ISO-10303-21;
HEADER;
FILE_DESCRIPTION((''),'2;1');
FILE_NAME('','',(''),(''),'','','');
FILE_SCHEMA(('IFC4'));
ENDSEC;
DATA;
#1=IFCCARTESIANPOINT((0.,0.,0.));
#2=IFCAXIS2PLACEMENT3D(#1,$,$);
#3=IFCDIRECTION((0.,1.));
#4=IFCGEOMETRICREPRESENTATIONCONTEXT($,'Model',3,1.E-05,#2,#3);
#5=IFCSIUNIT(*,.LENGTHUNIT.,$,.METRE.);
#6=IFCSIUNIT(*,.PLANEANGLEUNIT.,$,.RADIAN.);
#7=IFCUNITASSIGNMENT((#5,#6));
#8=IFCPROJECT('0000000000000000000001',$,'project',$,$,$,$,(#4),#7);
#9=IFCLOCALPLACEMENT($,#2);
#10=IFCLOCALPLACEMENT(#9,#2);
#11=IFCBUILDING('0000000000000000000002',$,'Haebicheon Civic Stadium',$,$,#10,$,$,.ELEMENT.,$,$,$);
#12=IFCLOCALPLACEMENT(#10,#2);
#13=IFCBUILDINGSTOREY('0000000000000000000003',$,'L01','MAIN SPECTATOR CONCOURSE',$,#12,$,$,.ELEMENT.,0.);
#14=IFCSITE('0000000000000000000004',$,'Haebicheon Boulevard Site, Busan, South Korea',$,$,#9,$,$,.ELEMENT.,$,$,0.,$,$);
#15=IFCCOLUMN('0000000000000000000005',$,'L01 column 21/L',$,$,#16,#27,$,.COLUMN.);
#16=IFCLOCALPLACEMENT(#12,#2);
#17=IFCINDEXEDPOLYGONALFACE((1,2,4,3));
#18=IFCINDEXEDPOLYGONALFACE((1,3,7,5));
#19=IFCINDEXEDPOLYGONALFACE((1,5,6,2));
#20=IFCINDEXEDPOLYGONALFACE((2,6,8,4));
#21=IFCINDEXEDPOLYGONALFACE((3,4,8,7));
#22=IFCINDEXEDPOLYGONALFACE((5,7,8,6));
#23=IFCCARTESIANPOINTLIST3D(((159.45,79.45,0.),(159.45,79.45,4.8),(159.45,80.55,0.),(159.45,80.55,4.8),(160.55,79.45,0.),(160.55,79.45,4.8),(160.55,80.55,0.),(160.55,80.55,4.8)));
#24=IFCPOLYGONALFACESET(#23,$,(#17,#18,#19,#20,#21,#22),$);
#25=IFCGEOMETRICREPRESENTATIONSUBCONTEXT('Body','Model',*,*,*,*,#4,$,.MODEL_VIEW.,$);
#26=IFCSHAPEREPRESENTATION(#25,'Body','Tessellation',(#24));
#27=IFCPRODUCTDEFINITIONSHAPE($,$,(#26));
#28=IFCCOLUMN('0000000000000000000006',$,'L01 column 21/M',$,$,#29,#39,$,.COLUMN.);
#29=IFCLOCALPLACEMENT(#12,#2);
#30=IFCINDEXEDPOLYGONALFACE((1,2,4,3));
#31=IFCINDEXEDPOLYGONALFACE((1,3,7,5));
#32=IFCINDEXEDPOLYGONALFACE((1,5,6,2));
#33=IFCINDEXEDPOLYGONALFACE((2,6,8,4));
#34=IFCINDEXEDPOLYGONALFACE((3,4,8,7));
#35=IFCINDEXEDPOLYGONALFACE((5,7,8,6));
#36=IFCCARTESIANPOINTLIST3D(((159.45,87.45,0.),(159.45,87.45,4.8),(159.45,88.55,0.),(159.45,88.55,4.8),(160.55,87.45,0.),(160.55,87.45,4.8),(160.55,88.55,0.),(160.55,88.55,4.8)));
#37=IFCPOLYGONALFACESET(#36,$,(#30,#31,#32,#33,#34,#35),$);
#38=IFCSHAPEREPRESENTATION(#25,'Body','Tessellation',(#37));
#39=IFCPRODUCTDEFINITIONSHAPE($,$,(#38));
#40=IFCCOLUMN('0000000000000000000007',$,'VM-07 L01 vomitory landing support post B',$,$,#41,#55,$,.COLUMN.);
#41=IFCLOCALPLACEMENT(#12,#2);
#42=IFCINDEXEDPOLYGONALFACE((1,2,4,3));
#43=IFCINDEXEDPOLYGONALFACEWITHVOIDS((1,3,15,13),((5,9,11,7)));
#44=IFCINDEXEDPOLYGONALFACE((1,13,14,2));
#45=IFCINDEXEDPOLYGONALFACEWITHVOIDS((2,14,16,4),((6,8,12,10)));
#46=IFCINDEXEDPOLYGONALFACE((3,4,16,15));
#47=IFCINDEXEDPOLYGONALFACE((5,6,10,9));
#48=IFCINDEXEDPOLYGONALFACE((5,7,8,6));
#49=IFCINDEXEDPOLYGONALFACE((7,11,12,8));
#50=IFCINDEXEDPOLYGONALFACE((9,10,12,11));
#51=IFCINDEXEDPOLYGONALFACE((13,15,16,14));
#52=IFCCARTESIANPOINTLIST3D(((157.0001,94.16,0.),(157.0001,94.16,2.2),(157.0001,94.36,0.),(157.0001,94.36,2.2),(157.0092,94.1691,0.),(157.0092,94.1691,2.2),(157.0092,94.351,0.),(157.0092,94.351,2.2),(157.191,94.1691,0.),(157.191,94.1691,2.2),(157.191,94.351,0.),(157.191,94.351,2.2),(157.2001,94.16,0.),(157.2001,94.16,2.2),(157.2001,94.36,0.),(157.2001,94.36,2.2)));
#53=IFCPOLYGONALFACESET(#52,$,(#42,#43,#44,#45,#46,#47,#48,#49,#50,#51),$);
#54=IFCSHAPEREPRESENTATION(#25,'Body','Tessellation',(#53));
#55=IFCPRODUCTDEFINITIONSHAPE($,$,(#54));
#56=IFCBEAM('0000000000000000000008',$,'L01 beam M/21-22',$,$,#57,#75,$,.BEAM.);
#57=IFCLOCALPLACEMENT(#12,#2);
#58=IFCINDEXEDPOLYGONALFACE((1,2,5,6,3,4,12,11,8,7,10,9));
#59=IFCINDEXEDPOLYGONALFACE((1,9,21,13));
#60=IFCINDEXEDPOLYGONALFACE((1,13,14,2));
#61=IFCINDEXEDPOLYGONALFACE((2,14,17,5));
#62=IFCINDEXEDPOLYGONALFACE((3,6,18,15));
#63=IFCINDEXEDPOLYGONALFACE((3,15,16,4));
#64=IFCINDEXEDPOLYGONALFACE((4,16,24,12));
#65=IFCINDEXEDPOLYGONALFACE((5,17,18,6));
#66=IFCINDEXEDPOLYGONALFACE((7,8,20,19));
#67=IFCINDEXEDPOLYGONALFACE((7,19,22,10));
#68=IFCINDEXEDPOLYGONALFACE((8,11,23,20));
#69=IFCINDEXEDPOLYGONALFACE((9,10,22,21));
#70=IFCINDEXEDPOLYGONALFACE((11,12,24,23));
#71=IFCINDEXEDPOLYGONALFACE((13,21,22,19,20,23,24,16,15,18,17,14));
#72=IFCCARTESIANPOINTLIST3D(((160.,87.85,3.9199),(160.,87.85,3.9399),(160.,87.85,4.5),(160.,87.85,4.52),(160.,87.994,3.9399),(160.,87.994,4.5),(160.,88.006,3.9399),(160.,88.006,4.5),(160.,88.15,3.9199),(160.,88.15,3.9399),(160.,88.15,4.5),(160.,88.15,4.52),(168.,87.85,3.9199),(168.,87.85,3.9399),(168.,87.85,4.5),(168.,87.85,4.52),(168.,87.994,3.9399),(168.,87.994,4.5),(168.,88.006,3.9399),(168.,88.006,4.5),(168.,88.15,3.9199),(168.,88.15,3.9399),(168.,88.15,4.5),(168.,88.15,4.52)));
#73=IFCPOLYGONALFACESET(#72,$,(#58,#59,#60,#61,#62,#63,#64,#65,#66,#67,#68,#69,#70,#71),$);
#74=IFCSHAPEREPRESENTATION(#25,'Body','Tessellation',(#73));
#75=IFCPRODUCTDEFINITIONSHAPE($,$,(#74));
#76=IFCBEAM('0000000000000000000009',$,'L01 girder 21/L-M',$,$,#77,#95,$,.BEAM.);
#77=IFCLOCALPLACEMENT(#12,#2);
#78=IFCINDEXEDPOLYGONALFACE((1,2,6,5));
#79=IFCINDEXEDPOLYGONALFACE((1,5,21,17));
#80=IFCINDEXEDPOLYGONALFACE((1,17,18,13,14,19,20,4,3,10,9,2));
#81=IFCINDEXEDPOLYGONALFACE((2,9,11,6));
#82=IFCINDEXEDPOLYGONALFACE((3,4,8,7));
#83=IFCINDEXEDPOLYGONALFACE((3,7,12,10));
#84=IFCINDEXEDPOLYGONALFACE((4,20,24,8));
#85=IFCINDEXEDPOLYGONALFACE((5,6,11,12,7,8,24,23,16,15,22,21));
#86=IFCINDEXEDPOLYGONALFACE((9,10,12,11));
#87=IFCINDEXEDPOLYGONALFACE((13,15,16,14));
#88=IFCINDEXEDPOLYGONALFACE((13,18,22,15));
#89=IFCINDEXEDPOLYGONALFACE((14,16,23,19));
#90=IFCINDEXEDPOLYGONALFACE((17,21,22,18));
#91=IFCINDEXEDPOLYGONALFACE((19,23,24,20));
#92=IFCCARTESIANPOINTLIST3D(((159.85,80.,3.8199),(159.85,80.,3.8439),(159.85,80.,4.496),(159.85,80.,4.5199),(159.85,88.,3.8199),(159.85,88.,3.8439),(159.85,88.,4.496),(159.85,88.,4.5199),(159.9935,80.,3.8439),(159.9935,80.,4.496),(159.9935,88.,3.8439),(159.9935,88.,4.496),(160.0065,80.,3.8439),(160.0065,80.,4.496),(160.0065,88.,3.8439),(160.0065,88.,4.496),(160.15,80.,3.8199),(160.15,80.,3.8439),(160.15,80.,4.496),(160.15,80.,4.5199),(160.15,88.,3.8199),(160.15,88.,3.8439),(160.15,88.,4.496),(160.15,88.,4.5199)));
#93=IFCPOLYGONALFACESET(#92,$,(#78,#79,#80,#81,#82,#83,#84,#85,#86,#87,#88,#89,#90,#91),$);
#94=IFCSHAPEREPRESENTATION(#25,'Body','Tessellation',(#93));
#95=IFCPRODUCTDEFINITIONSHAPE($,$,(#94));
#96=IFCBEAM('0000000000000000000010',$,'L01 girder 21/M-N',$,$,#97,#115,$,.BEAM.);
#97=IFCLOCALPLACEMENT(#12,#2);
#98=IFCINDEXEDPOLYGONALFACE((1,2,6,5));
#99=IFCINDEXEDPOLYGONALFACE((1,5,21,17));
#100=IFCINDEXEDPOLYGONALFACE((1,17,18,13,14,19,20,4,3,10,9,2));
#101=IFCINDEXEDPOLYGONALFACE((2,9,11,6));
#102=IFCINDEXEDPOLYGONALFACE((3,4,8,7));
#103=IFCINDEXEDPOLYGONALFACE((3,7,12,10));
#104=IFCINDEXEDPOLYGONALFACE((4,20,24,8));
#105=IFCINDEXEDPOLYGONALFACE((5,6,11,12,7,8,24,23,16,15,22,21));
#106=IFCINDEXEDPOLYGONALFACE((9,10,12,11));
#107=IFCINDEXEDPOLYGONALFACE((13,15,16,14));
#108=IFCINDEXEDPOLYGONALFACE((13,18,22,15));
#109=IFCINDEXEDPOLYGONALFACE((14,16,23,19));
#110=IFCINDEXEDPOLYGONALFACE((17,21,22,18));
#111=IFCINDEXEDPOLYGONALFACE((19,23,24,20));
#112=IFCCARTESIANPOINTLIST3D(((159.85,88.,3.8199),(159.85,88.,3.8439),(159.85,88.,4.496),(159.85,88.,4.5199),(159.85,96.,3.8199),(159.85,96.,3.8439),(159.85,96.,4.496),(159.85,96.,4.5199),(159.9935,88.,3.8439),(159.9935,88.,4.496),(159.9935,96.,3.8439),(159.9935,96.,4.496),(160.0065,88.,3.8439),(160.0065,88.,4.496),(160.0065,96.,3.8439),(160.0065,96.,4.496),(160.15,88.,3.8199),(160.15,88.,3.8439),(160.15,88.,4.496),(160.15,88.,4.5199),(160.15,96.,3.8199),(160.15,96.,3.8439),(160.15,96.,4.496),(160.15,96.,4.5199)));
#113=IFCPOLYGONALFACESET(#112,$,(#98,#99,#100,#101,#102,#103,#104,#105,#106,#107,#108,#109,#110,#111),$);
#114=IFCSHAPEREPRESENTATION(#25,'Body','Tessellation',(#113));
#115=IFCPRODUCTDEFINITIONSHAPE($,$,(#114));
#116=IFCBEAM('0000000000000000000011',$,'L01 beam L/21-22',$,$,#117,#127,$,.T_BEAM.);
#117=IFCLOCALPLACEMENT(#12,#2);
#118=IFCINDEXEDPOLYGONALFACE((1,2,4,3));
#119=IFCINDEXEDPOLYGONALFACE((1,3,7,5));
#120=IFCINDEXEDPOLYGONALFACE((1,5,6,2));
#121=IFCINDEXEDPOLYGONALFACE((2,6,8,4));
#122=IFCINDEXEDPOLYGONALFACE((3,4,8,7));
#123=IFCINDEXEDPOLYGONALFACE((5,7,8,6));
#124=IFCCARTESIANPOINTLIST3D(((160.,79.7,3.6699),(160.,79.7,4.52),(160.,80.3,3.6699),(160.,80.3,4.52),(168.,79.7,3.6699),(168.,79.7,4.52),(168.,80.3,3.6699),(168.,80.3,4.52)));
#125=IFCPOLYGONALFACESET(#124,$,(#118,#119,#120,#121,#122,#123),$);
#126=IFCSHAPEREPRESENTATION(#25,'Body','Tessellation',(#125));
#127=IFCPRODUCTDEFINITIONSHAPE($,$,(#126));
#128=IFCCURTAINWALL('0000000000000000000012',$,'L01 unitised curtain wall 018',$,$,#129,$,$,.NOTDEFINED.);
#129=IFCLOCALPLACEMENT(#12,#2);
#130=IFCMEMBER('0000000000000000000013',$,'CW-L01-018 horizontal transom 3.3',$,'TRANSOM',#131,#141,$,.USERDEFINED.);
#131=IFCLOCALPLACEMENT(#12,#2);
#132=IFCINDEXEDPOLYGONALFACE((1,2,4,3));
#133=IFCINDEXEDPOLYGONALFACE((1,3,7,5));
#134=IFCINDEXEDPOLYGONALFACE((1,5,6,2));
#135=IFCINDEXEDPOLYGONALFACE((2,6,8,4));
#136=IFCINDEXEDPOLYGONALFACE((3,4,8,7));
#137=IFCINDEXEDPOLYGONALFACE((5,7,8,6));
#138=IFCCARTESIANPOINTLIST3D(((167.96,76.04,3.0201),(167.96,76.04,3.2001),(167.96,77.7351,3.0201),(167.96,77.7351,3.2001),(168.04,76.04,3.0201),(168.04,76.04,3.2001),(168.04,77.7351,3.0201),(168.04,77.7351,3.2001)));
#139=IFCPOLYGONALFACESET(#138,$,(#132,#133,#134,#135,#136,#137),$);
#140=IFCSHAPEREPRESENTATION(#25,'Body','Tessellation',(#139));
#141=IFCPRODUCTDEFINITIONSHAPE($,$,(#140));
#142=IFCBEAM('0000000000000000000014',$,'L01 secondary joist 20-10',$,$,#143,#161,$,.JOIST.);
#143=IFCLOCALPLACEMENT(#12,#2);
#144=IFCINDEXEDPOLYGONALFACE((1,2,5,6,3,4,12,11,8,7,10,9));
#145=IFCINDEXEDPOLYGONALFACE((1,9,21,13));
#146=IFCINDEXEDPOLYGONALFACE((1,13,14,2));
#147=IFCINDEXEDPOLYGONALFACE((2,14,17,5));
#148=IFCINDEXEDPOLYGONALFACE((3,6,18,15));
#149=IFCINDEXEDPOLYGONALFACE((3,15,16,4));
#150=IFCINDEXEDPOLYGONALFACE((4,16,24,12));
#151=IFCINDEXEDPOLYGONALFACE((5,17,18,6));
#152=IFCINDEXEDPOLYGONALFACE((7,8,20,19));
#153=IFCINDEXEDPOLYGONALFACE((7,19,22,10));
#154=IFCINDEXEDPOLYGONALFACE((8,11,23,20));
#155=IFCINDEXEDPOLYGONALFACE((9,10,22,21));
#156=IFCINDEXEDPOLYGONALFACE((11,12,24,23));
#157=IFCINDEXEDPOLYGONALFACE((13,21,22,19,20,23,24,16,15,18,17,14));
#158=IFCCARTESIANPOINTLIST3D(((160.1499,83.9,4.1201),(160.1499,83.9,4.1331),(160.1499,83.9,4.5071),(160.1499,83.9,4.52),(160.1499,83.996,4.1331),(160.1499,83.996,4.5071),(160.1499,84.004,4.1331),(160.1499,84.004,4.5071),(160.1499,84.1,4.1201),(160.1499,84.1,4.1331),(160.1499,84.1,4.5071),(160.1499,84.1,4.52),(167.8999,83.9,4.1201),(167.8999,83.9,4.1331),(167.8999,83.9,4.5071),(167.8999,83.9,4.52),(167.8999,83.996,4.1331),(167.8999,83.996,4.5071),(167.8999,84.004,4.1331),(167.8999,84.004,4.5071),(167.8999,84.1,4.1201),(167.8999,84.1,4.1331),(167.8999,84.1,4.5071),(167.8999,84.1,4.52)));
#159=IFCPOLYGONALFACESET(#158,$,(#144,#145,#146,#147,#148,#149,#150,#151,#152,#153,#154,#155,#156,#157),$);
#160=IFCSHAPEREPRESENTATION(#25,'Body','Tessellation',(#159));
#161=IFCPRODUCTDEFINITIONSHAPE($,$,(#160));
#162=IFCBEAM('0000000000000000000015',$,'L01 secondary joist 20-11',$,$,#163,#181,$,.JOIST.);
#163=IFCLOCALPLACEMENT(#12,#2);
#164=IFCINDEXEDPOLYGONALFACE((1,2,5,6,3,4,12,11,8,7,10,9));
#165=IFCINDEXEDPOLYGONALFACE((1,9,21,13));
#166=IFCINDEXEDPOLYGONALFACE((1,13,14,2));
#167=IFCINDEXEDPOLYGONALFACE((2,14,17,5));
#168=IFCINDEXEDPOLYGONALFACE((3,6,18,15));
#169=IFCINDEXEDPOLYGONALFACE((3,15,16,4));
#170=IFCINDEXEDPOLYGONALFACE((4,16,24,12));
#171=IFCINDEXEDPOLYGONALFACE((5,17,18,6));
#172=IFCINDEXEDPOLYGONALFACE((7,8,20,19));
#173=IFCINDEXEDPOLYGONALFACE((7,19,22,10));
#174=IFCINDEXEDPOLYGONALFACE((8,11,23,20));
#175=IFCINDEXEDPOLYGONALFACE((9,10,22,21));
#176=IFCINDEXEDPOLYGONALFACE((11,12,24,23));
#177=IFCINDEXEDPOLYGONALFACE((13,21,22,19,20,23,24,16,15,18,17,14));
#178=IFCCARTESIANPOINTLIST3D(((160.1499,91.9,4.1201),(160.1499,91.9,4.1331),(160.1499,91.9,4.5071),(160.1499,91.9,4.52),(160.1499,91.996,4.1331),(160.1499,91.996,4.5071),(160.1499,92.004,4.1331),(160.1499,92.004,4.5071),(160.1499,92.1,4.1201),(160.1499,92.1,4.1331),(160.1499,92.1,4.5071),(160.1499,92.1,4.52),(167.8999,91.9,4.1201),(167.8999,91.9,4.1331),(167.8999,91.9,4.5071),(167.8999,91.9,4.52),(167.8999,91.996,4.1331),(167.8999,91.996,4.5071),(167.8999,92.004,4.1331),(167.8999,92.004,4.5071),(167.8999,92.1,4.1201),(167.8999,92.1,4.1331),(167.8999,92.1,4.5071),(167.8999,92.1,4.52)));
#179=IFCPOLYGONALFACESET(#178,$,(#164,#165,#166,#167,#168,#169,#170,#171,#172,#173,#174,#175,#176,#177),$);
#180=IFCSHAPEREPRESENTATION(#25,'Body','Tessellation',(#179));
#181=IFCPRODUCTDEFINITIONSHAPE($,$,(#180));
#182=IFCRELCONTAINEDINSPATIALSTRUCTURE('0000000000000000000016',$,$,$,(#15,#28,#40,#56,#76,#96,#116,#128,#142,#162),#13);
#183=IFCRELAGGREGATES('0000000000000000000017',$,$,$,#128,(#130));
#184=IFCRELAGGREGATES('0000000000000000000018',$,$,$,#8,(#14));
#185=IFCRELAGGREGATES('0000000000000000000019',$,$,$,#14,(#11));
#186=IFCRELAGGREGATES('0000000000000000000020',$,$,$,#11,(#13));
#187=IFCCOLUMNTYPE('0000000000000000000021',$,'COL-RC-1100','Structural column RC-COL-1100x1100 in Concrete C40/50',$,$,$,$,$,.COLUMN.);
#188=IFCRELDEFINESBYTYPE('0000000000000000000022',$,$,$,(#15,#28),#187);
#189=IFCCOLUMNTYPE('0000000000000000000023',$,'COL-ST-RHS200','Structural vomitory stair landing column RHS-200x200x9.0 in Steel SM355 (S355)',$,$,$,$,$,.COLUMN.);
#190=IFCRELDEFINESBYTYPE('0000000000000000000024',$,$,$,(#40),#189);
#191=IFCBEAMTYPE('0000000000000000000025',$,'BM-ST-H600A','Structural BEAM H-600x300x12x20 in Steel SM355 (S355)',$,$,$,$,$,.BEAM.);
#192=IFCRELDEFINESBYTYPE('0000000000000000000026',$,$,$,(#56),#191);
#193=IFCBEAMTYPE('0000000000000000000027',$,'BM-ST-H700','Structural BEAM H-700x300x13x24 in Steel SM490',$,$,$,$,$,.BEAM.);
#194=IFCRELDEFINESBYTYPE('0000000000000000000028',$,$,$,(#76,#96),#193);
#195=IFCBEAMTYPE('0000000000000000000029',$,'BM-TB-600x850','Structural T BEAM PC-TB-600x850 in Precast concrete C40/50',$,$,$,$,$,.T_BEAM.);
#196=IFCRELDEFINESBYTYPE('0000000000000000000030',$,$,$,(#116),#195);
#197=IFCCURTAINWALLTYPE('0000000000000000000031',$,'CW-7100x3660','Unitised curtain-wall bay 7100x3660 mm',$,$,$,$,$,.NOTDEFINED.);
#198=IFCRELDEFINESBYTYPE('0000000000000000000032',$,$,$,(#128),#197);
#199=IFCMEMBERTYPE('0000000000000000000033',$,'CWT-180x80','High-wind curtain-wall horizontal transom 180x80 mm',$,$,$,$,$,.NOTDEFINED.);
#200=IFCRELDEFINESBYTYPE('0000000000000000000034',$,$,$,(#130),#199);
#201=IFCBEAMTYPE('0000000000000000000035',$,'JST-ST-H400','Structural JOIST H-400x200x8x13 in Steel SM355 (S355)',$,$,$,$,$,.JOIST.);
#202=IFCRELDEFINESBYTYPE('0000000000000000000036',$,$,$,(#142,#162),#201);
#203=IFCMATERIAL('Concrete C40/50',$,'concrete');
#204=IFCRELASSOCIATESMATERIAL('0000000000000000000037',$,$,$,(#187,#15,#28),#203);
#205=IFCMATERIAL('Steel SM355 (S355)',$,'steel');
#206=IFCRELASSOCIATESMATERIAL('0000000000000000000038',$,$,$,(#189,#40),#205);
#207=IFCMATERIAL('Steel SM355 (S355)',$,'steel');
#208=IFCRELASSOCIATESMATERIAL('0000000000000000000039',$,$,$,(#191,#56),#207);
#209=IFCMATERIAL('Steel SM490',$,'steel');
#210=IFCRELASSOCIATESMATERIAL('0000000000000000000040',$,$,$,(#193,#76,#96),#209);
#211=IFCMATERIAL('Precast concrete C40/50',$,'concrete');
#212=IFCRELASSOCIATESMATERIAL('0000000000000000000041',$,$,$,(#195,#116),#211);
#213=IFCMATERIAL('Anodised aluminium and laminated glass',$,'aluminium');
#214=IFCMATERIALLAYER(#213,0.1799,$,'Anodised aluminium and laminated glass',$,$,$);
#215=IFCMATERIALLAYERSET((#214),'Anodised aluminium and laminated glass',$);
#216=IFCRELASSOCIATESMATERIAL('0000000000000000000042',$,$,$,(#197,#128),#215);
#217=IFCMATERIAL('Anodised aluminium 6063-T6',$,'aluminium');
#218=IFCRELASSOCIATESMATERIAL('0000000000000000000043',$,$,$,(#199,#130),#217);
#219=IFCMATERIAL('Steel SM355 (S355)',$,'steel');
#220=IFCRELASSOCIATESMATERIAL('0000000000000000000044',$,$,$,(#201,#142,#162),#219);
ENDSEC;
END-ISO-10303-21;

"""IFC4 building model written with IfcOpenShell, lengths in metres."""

from ifc_helpers import new_model, si_unit, direction, frame, origin, origin_2d, place, context, subcontext, project, spatial, rectangle, hollow_rectangle, i_section, extrude, material, layer, layer_set, material_profile, profile_set, type_object, element, aggregate, save


model = new_model("IFC4")

# Units and contexts
model_context = context("Model", 3, precision=1e-05, world=origin(), true_north=direction((0.0, 1.0)))
body_context = subcontext(model_context, "Body", "Model", "MODEL_VIEW")
ifc_project = project(units=[si_unit("LENGTHUNIT", "METRE"), si_unit("PLANEANGLEUNIT", "RADIAN")], contexts=[model_context])

# Site, building, storey
site_placement = place(None, origin())
site = spatial("IfcSite", under=ifc_project, at=site_placement, Name="Haebicheon Boulevard Site, Busan, South Korea", CompositionType="ELEMENT", RefElevation=0.0)
building_placement = place(site_placement, origin())
building = spatial("IfcBuilding", under=site, at=building_placement, Name="Haebicheon Civic Stadium", CompositionType="ELEMENT")
storey_placement = place(building_placement, origin())
storey = spatial("IfcBuildingStorey", under=building, at=storey_placement, Name="L01", Description="MAIN SPECTATOR CONCOURSE", CompositionType="ELEMENT", Elevation=0.0)

# Columns
ifc_material_1 = material(Name="Concrete C40/50", Category="concrete")
ifc_material_profile_1 = material_profile(ifc_material_1, rectangle(XDim=1.1001, YDim=1.1001, at=origin_2d()), Name="RC-COL-1100x1100")
ifc_profile_set_1 = profile_set([ifc_material_profile_1], Name="Concrete C40/50")
column_type_1 = type_object("IfcColumnType", Name="COL-RC-1100", Description="Structural column RC-COL-1100x1100 in Concrete C40/50", PredefinedType="COLUMN", material=ifc_profile_set_1)
for number, where, z_axis, x_axis, name in (
    (1, (160.0, 80.0, 0.0), (0.0, 0.0, 1.0), (1.0, 0.0, 0.0), "L01 column 21/L"),
    (2, (160.0, 88.0, 0.0), (0.0, 0.0, 1.0), (1.0, 0.0, 0.0), "L01 column 21/M"),
):
    element("IfcColumn", number, at=place(storey_placement, frame(where, z_axis=z_axis, x_axis=x_axis)), inside=storey, type_object=column_type_1, material=ifc_profile_set_1, Name=name, PredefinedType="COLUMN", context=body_context, shape_type="SweptSolid", body=[
        extrude(rectangle(XDim=1.1001, YDim=1.1001, at=origin_2d()), origin(), (0.0, 0.0, 1.0), 4.8),
    ])
ifc_material_2 = material(Name="Steel SM355 (S355)", Category="steel")
ifc_material_profile_2 = material_profile(ifc_material_2, hollow_rectangle(XDim=0.2, YDim=0.2, WallThickness=0.009, at=origin_2d()), Name="RHS-200x200x9.0")
ifc_profile_set_2 = profile_set([ifc_material_profile_2], Name="Steel SM355 (S355)")
column_type_2 = type_object("IfcColumnType", Name="COL-ST-RHS200", Description="Structural vomitory stair landing column RHS-200x200x9.0 in Steel SM355 (S355)", PredefinedType="COLUMN", material=ifc_profile_set_2)
column_placement = place(storey_placement, frame((157.1001, 94.26, 0.0), z_axis=(0.0, 0.0, 1.0), x_axis=(1.0, 0.0, 0.0)))
element("IfcColumn", 3, at=column_placement, inside=storey, type_object=column_type_2, material=ifc_profile_set_2, Name="VM-07 L01 vomitory landing support post B", PredefinedType="COLUMN", context=body_context, shape_type="SweptSolid", body=[
    extrude(hollow_rectangle(XDim=0.2, YDim=0.2, WallThickness=0.009, at=origin_2d()), origin(), (0.0, 0.0, 1.0), 2.2),
])

# Beams
ifc_material_3 = material(Name="Steel SM355 (S355)", Category="steel")
ifc_material_profile_3 = material_profile(ifc_material_3, i_section(OverallWidth=0.3, OverallDepth=0.6001, WebThickness=0.012, FlangeThickness=0.02, at=origin_2d()), Name="H-600x300x12x20")
ifc_profile_set_3 = profile_set([ifc_material_profile_3], Name="Steel SM355 (S355)")
beam_type_1 = type_object("IfcBeamType", Name="BM-ST-H600A", Description="Structural BEAM H-600x300x12x20 in Steel SM355 (S355)", PredefinedType="BEAM", material=ifc_profile_set_3)
beam_1_placement = place(storey_placement, frame((160.0, 88.0, 4.22), z_axis=(1.0, 0.0, 0.0), x_axis=(0.0, 1.0, 0.0)))
element("IfcBeam", 4, at=beam_1_placement, inside=storey, type_object=beam_type_1, material=ifc_profile_set_3, Name="L01 beam M/21-22", PredefinedType="BEAM", context=body_context, shape_type="SweptSolid", body=[
    extrude(i_section(OverallWidth=0.3, OverallDepth=0.6001, WebThickness=0.012, FlangeThickness=0.02, at=origin_2d()), origin(), (0.0, 0.0, 1.0), 8.0),
])
ifc_material_4 = material(Name="Steel SM490", Category="steel")
ifc_material_profile_4 = material_profile(ifc_material_4, i_section(OverallWidth=0.3, OverallDepth=0.7, WebThickness=0.0129, FlangeThickness=0.0239, at=origin_2d()), Name="H-700x300x13x24")
ifc_profile_set_4 = profile_set([ifc_material_profile_4], Name="Steel SM490")
beam_type_2 = type_object("IfcBeamType", Name="BM-ST-H700", Description="Structural BEAM H-700x300x13x24 in Steel SM490", PredefinedType="BEAM", material=ifc_profile_set_4)
for number, where, z_axis, x_axis, name in (
    (5, (160.0, 80.0, 4.1699), (0.0, 1.0, 0.0), (-1.0, 0.0, 0.0), "L01 girder 21/L-M"),
    (6, (160.0, 88.0, 4.1699), (0.0, 1.0, 0.0), (-1.0, 0.0, 0.0), "L01 girder 21/M-N"),
):
    element("IfcBeam", number, at=place(storey_placement, frame(where, z_axis=z_axis, x_axis=x_axis)), inside=storey, type_object=beam_type_2, material=ifc_profile_set_4, Name=name, PredefinedType="BEAM", context=body_context, shape_type="SweptSolid", body=[
        extrude(i_section(OverallWidth=0.3, OverallDepth=0.7, WebThickness=0.0129, FlangeThickness=0.0239, at=origin_2d()), origin(), (0.0, 0.0, 1.0), 8.0),
    ])
ifc_material_5 = material(Name="Precast concrete C40/50", Category="concrete")
ifc_material_profile_5 = material_profile(ifc_material_5, rectangle(XDim=0.6001, YDim=0.8501, at=origin_2d()), Name="PC-TB-600x850")
ifc_profile_set_5 = profile_set([ifc_material_profile_5], Name="Precast concrete C40/50")
beam_type_3 = type_object("IfcBeamType", Name="BM-TB-600x850", Description="Structural T BEAM PC-TB-600x850 in Precast concrete C40/50", PredefinedType="T_BEAM", material=ifc_profile_set_5)
beam_2_placement = place(storey_placement, frame((160.0, 80.0, 4.095), z_axis=(1.0, 0.0, 0.0), x_axis=(0.0, 1.0, 0.0)))
element("IfcBeam", 7, at=beam_2_placement, inside=storey, type_object=beam_type_3, material=ifc_profile_set_5, Name="L01 beam L/21-22", PredefinedType="T_BEAM", context=body_context, shape_type="SweptSolid", body=[
    extrude(rectangle(XDim=0.6001, YDim=0.8501, at=origin_2d()), origin(), (0.0, 0.0, 1.0), 8.0),
])

# Curtain wall, member
ifc_material_6 = material(Name="Anodised aluminium and laminated glass", Category="aluminium")
ifc_layer_1 = layer(ifc_material_6, 0.1799, Name="Anodised aluminium and laminated glass")
ifc_layer_set_1 = layer_set([ifc_layer_1], Name="Anodised aluminium and laminated glass")
curtain_wall_type = type_object("IfcCurtainWallType", Name="CW-7100x3660", Description="Unitised curtain-wall bay 7100x3660 mm", PredefinedType="NOTDEFINED", material=ifc_layer_set_1)
curtain_wall_placement = place(storey_placement, origin())
curtain_wall = element("IfcCurtainWall", 8, at=curtain_wall_placement, inside=storey, type_object=curtain_wall_type, material=ifc_layer_set_1, Name="L01 unitised curtain wall 018", PredefinedType="NOTDEFINED")
ifc_material_7 = material(Name="Anodised aluminium 6063-T6", Category="aluminium")
ifc_material_profile_6 = material_profile(ifc_material_7, rectangle(XDim=0.0801, YDim=0.1799, at=origin_2d()), Name="ALU-TRAN-80x180")
ifc_profile_set_6 = profile_set([ifc_material_profile_6], Name="Anodised aluminium 6063-T6")
member_type = type_object("IfcMemberType", Name="CWT-180x80", Description="High-wind curtain-wall horizontal transom 180x80 mm", PredefinedType="NOTDEFINED", material=ifc_profile_set_6)
member_placement = place(storey_placement, frame((168.0, 76.04, 3.1101), z_axis=(0.0, 1.0, 0.0), x_axis=(-1.0, 0.0, 0.0)))
member = element("IfcMember", 9, at=member_placement, type_object=member_type, material=ifc_profile_set_6, Name="CW-L01-018 horizontal transom 3.3", ObjectType="TRANSOM", PredefinedType="USERDEFINED", context=body_context, shape_type="SweptSolid", body=[
    extrude(rectangle(XDim=0.0801, YDim=0.1799, at=origin_2d()), origin(), (0.0, 0.0, 1.0), 1.6951),
])
aggregate(curtain_wall, [member])

# Beams
ifc_material_8 = material(Name="Steel SM355 (S355)", Category="steel")
ifc_material_profile_7 = material_profile(ifc_material_8, i_section(OverallWidth=0.2, OverallDepth=0.3999, WebThickness=0.0081, FlangeThickness=0.0129, at=origin_2d()), Name="H-400x200x8x13")
ifc_profile_set_7 = profile_set([ifc_material_profile_7], Name="Steel SM355 (S355)")
beam_type_4 = type_object("IfcBeamType", Name="JST-ST-H400", Description="Structural JOIST H-400x200x8x13 in Steel SM355 (S355)", PredefinedType="JOIST", material=ifc_profile_set_7)
for number, where, z_axis, x_axis, name in (
    (10, (160.1499, 84.0, 4.3201), (1.0, 0.0, 0.0), (0.0, 1.0, 0.0), "L01 secondary joist 20-10"),
    (11, (160.1499, 92.0, 4.3201), (1.0, 0.0, 0.0), (0.0, 1.0, 0.0), "L01 secondary joist 20-11"),
):
    element("IfcBeam", number, at=place(storey_placement, frame(where, z_axis=z_axis, x_axis=x_axis)), inside=storey, type_object=beam_type_4, material=ifc_profile_set_7, Name=name, PredefinedType="JOIST", context=body_context, shape_type="SweptSolid", body=[
        extrude(i_section(OverallWidth=0.2, OverallDepth=0.3999, WebThickness=0.0081, FlangeThickness=0.0129, at=origin_2d()), origin(), (0.0, 0.0, 1.0), 7.75),
    ])

save(model, "model.ifc")
